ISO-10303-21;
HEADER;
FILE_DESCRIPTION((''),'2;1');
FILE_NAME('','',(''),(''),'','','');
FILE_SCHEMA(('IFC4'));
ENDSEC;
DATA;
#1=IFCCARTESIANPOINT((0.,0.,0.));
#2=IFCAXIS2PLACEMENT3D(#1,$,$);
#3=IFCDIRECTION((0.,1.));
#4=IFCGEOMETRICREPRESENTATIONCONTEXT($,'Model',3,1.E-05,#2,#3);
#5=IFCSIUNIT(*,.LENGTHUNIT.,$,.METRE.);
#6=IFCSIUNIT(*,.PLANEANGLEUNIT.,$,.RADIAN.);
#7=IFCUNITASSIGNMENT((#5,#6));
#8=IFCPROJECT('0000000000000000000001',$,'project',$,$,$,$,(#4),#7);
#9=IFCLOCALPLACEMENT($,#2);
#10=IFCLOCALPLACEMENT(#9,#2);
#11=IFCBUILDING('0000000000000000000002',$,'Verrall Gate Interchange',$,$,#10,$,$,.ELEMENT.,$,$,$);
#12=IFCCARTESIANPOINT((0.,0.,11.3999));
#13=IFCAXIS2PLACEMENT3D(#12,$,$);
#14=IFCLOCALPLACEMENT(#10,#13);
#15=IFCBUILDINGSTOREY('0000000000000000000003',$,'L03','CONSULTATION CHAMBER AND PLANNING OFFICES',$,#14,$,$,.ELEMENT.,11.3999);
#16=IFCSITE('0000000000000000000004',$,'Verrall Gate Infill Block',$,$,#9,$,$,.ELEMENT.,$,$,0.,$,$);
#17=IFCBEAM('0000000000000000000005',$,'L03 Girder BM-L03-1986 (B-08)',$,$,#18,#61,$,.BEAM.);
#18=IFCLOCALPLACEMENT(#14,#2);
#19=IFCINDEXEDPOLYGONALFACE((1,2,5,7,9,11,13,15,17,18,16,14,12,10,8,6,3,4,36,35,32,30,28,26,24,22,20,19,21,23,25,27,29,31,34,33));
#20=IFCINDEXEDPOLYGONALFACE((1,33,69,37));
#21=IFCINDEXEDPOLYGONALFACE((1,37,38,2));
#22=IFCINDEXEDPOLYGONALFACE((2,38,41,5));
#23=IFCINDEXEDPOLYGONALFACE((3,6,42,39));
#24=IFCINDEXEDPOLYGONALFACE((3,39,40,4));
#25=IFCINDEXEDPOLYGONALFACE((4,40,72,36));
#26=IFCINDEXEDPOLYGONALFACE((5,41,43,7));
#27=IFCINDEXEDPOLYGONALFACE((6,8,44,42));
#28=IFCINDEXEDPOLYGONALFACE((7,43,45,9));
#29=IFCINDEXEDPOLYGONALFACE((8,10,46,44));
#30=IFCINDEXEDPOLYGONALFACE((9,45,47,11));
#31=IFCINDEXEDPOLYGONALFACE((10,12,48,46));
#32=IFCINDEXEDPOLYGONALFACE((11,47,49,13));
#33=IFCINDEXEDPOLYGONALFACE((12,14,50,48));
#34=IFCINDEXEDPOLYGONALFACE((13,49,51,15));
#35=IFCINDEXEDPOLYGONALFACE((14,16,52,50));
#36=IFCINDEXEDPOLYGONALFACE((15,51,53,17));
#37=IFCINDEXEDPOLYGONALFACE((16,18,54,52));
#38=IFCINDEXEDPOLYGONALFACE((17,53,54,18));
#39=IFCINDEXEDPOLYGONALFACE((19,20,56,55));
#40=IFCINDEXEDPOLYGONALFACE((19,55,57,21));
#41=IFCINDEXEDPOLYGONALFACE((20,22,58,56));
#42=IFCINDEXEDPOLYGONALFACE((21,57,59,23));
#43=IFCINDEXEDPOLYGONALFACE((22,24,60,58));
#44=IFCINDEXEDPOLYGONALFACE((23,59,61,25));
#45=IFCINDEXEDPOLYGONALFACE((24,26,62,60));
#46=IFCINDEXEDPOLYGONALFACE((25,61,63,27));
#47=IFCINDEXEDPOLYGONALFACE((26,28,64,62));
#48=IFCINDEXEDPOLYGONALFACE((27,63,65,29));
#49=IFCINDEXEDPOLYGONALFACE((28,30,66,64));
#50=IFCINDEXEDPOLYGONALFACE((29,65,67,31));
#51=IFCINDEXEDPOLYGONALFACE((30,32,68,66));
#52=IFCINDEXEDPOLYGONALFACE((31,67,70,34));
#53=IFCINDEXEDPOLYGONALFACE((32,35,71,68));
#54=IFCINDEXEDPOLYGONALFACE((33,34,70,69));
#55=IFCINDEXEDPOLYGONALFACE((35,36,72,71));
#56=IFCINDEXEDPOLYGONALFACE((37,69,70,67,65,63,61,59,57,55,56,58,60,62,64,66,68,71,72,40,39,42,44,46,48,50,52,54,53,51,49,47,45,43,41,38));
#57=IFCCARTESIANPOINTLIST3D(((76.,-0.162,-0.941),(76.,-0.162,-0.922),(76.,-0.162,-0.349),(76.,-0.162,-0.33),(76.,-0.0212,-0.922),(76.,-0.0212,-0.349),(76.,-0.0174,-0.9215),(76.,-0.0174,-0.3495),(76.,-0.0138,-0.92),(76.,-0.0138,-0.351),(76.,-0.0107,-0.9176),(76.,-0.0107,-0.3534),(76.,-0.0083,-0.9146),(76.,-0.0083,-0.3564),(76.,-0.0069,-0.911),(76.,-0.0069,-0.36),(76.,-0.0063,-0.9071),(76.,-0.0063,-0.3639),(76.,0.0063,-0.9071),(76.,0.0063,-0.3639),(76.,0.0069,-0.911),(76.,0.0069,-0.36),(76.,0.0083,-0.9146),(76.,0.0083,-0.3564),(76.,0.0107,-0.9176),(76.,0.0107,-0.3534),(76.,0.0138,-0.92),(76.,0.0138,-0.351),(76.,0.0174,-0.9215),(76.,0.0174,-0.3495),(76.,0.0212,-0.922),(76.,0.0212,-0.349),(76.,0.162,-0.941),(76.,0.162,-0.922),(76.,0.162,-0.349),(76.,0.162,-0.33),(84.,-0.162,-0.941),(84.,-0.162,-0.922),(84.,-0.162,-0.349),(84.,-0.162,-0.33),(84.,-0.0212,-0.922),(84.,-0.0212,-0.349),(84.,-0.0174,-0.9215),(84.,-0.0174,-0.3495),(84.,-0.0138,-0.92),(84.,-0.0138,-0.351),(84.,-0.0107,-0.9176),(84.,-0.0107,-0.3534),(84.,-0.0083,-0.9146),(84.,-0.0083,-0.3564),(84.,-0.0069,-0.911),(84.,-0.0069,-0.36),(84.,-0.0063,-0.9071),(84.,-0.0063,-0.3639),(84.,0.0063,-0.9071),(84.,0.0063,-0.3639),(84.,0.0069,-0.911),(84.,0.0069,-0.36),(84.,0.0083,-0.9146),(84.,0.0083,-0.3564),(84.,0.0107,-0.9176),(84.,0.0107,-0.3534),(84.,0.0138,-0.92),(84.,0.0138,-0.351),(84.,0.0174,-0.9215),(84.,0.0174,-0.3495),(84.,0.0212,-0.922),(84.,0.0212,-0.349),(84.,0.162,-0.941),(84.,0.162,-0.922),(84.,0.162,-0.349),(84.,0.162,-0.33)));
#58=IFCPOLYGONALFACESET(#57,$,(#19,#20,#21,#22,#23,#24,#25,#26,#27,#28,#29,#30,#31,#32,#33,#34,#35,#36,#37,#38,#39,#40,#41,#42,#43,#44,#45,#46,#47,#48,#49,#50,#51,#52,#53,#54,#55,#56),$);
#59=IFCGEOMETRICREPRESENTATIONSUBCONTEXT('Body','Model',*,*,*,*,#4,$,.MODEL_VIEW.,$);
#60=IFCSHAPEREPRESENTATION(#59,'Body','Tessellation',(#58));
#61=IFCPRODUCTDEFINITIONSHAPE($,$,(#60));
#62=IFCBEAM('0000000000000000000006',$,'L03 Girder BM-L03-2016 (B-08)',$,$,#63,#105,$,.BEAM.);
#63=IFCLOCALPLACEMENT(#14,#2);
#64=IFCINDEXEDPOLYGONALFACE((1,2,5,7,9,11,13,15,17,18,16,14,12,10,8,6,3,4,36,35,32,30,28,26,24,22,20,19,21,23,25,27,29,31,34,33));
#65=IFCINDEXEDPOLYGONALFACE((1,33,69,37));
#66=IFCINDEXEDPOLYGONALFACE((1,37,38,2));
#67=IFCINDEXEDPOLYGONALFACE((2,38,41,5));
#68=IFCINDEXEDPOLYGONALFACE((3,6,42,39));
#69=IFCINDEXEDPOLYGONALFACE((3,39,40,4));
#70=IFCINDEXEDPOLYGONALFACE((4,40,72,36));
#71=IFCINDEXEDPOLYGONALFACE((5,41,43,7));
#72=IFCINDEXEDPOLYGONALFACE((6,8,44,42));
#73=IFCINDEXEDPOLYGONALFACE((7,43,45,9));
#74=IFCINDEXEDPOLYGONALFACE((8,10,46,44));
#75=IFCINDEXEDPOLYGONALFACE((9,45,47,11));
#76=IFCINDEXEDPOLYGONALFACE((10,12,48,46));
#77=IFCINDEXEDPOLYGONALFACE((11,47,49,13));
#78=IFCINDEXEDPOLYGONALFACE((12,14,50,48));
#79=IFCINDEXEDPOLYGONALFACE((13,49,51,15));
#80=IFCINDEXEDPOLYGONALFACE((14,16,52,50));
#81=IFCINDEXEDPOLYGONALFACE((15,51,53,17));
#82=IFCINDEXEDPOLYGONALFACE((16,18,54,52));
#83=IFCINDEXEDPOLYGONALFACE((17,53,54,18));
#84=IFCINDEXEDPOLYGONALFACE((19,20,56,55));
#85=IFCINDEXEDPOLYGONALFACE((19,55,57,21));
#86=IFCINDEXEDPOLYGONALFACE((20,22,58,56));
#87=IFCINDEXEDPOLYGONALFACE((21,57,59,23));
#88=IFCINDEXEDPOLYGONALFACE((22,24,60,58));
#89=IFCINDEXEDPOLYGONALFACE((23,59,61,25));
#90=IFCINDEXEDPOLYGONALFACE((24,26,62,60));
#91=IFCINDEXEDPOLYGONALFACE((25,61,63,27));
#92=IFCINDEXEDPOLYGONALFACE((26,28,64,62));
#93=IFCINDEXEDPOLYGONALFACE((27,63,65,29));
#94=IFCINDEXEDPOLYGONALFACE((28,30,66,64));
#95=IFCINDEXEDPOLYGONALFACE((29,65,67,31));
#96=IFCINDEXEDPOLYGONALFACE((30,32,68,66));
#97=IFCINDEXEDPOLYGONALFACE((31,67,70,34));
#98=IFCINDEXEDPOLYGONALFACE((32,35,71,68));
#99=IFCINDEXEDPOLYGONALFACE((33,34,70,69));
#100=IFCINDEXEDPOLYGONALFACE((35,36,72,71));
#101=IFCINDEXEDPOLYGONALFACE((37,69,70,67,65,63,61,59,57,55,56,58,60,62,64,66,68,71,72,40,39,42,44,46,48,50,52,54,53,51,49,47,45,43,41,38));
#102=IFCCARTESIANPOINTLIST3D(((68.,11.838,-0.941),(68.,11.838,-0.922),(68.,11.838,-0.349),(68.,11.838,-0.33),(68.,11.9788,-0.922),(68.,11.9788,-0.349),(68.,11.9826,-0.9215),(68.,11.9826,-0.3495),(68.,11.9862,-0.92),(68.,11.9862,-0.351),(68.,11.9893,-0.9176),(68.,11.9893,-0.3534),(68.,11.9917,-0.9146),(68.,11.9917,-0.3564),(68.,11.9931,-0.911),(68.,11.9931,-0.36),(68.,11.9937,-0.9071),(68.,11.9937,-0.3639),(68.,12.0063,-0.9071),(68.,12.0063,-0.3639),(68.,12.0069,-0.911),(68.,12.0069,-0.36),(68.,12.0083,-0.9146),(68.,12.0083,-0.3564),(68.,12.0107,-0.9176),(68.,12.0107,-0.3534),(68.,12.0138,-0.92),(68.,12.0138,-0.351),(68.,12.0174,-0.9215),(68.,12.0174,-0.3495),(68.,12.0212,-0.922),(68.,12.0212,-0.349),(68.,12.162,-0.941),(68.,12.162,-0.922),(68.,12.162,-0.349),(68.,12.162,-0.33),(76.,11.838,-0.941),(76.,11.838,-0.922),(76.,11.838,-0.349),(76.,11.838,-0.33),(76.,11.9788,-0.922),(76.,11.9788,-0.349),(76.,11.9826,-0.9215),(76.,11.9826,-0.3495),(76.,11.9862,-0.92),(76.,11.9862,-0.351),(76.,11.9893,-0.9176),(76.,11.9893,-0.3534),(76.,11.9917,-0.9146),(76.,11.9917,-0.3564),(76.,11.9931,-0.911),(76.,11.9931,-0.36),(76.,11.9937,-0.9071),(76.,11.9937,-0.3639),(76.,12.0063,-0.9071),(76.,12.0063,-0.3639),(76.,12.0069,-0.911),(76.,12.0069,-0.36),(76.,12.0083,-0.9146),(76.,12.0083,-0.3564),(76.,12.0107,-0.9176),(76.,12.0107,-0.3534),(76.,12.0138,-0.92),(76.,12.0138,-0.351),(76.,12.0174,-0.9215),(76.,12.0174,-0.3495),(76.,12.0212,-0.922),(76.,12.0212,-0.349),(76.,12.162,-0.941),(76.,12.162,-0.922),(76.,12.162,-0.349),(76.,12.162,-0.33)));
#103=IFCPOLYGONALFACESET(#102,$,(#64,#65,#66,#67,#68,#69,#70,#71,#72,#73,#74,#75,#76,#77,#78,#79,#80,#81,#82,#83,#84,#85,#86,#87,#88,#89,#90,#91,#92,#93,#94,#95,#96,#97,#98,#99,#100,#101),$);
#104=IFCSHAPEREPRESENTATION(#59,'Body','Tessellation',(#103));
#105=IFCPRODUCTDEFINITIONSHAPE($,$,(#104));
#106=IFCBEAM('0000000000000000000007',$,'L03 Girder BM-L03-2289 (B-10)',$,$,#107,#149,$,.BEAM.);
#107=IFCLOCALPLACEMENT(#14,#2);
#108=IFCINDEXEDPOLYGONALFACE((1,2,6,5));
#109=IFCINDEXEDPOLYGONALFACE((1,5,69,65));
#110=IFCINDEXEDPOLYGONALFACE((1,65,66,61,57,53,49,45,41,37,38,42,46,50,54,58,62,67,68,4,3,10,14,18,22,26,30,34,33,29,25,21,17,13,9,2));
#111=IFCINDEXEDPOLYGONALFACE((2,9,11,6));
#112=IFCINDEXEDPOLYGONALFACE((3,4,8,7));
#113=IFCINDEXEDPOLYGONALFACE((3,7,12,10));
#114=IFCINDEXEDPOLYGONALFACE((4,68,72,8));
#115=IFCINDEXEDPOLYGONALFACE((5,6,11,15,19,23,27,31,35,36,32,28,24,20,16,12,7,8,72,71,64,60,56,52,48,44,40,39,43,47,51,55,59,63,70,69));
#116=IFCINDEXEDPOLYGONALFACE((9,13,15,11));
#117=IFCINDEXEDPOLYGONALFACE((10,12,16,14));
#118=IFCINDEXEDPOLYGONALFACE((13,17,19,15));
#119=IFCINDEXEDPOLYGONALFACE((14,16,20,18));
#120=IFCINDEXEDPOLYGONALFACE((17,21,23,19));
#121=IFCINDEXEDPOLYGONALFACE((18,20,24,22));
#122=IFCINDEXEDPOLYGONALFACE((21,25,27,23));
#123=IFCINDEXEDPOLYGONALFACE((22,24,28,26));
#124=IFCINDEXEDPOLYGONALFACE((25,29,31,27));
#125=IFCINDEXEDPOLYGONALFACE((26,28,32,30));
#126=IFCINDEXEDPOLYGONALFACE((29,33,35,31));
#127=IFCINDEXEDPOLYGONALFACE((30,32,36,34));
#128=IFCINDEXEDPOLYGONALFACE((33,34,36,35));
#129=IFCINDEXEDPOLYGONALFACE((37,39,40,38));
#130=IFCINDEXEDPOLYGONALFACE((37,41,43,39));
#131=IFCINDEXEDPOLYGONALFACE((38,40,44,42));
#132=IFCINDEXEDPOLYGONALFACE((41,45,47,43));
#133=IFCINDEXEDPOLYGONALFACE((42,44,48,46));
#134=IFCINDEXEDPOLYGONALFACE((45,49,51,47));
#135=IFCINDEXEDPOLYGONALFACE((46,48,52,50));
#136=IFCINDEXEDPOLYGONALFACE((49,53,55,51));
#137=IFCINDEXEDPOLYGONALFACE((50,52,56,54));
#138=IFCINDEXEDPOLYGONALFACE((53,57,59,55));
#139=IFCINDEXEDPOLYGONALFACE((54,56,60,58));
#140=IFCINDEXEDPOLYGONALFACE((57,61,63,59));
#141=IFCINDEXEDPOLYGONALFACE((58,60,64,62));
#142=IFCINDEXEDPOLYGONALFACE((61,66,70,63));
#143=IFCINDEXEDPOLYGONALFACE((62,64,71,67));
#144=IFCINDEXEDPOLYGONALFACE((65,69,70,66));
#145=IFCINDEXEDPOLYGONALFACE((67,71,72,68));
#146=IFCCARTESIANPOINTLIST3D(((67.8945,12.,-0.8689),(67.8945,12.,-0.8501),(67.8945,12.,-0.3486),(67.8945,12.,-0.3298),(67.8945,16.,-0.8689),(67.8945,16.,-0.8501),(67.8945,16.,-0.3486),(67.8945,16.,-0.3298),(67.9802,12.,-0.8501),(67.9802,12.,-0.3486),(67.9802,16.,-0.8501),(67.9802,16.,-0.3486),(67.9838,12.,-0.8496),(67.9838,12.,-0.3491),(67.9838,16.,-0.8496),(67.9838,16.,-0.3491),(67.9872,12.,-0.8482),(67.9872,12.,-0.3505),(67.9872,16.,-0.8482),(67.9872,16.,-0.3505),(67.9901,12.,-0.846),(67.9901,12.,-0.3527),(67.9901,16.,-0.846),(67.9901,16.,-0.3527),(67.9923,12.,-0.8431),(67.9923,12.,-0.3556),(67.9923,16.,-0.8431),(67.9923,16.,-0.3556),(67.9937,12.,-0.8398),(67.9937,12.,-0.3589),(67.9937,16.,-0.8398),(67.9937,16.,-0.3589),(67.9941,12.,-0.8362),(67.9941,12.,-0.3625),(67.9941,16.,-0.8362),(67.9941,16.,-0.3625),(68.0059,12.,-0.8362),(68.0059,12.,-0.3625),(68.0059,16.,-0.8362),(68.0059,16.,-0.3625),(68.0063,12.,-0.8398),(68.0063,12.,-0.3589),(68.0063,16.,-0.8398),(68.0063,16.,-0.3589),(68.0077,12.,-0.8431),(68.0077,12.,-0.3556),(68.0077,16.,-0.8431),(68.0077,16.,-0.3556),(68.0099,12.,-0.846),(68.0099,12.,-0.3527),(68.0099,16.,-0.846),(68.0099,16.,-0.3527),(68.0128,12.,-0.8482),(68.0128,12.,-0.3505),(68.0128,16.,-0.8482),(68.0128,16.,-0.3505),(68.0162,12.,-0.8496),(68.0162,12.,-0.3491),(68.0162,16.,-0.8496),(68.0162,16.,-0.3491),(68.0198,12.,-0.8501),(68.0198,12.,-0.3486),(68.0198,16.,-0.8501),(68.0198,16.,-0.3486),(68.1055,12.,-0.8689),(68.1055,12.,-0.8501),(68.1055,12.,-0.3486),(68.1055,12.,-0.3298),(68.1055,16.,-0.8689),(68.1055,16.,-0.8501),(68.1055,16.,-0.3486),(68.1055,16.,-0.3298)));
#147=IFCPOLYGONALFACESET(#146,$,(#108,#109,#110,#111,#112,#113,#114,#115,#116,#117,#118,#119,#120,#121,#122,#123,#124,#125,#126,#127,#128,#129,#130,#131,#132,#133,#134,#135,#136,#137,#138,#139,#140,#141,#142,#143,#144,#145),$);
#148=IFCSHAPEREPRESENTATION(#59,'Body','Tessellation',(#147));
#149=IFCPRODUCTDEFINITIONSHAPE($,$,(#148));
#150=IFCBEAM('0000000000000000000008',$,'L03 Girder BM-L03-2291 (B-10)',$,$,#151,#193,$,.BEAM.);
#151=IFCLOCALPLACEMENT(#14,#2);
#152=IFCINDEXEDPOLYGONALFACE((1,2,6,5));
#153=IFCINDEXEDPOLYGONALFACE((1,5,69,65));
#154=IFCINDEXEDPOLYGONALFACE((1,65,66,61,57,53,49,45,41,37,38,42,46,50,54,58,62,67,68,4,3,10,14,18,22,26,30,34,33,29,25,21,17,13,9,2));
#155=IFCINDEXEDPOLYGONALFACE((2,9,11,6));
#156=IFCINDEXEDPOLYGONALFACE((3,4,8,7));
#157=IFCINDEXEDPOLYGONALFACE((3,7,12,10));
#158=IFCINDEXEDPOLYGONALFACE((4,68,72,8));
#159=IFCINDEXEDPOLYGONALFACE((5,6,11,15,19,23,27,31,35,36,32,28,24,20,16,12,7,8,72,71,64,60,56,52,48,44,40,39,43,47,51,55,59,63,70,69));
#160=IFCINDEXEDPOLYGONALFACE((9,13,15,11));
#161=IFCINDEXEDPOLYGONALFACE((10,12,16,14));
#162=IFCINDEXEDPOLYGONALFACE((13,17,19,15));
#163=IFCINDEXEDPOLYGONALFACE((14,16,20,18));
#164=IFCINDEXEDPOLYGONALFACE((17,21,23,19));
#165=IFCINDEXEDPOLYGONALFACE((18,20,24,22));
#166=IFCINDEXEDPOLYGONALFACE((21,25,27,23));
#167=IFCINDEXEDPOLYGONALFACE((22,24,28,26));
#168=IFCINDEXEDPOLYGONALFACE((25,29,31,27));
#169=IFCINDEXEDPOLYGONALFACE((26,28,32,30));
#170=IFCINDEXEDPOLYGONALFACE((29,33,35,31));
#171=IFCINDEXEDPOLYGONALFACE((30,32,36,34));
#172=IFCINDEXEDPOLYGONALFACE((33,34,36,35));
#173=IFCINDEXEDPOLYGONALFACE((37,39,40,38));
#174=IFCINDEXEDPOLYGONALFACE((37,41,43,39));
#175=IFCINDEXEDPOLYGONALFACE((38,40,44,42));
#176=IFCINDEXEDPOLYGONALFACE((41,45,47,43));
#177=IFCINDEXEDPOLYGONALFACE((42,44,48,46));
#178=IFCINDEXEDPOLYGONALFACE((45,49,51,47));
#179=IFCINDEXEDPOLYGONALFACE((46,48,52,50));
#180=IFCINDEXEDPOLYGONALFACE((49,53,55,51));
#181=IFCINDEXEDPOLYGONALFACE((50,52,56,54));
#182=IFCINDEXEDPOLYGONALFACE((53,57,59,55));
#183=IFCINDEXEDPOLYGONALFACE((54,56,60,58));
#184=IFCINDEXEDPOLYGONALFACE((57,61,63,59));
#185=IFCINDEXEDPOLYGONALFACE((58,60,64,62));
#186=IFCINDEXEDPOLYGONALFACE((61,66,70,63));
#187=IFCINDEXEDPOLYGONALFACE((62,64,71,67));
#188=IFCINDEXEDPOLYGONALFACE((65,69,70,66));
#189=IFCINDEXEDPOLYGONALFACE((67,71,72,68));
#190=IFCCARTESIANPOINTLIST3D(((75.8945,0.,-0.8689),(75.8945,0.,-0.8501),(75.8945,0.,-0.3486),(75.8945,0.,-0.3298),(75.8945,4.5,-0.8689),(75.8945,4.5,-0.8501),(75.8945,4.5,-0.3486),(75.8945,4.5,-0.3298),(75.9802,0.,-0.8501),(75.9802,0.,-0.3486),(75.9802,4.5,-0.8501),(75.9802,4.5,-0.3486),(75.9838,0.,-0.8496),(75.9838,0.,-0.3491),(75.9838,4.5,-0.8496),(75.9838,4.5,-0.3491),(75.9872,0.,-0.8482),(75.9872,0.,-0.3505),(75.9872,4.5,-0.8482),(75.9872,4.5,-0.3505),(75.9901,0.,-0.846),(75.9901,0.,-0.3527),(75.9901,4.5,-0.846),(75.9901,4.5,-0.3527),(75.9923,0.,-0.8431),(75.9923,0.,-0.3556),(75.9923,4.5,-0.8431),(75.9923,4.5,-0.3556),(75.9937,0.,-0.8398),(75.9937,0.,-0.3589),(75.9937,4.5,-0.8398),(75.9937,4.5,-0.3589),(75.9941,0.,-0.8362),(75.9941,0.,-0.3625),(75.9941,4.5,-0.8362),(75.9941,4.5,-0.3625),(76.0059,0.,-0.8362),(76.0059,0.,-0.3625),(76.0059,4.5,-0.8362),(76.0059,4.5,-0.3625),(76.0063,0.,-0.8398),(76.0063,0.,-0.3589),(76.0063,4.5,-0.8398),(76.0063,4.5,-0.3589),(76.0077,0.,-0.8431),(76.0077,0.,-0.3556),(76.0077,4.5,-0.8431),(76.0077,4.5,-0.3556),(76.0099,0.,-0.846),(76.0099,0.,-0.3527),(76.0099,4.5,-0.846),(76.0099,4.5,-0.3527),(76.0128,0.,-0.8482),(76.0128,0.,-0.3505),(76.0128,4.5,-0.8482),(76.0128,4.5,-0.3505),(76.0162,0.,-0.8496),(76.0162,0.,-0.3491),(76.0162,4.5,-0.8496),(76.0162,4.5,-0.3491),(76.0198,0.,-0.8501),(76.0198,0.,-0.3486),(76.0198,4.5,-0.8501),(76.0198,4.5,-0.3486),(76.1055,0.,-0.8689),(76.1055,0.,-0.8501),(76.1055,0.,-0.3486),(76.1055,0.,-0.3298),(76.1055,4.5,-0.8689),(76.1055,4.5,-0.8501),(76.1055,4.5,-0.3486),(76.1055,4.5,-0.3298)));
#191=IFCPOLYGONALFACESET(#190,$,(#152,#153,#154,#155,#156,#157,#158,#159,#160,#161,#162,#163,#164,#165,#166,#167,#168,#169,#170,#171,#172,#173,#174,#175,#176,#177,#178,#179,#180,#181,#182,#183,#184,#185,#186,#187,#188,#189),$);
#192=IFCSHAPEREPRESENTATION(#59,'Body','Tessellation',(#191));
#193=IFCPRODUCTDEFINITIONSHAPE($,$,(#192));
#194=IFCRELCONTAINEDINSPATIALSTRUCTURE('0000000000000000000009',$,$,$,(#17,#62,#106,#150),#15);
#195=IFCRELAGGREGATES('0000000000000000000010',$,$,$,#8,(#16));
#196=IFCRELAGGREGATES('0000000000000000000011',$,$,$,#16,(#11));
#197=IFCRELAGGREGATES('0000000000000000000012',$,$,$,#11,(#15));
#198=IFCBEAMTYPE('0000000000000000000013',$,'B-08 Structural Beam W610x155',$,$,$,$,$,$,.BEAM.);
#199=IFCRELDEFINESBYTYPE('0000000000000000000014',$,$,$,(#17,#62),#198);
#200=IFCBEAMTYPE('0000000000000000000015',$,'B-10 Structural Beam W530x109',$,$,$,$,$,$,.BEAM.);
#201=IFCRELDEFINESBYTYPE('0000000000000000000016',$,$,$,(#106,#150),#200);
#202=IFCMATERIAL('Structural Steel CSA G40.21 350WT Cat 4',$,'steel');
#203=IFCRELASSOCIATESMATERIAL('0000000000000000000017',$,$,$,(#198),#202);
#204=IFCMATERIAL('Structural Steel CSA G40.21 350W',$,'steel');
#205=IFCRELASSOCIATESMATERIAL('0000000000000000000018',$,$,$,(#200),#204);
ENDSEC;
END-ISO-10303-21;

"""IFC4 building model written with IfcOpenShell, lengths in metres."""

from ifc_helpers import new_model, si_unit, direction, frame, origin, origin_2d, place, context, subcontext, project, spatial, i_section, extrude, material, material_profile, profile_set, type_object, element, save


model = new_model("IFC4")

# Units and contexts
model_context = context("Model", 3, precision=1e-05, world=origin(), true_north=direction((0.0, 1.0)))
body_context = subcontext(model_context, "Body", "Model", "MODEL_VIEW")
ifc_project = project(units=[si_unit("LENGTHUNIT", "METRE"), si_unit("PLANEANGLEUNIT", "RADIAN")], contexts=[model_context])

# Site, building, storey
site_placement = place(None, origin())
site = spatial("IfcSite", under=ifc_project, at=site_placement, Name="Verrall Gate Infill Block", CompositionType="ELEMENT", RefElevation=0.0)
building_placement = place(site_placement, origin())
building = spatial("IfcBuilding", under=site, at=building_placement, Name="Verrall Gate Interchange", CompositionType="ELEMENT")
storey_placement = place(building_placement, frame((0.0, 0.0, 11.3999)))
storey = spatial("IfcBuildingStorey", under=building, at=storey_placement, Name="L03", Description="CONSULTATION CHAMBER AND PLANNING OFFICES", CompositionType="ELEMENT", Elevation=11.3999)

# Beams
ifc_material_1 = material(Name="Structural Steel CSA G40.21 350WT Cat 4", Category="steel")
ifc_material_profile_1 = material_profile(ifc_material_1, i_section(OverallWidth=0.324, OverallDepth=0.6111, WebThickness=0.0127, FlangeThickness=0.019, FilletRadius=0.0149, at=origin_2d()), Name="W610x155")
ifc_profile_set_1 = profile_set([ifc_material_profile_1], Name="Structural Steel CSA G40.21 350WT Cat 4")
beam_type_1 = type_object("IfcBeamType", Name="B-08 Structural Beam W610x155", PredefinedType="BEAM", material=ifc_profile_set_1)
for number, where, z_axis, x_axis, name in (
    (1, (76.0, 0.0, -0.6355), (1.0, 0.0, 0.0), (0.0, 1.0, 0.0), "L03 Girder BM-L03-1986 (B-08)"),
    (2, (68.0, 12.0, -0.6355), (1.0, 0.0, 0.0), (0.0, 1.0, 0.0), "L03 Girder BM-L03-2016 (B-08)"),
):
    element("IfcBeam", number, at=place(storey_placement, frame(where, z_axis=z_axis, x_axis=x_axis)), inside=storey, type_object=beam_type_1, Name=name, PredefinedType="BEAM", context=body_context, shape_type="SweptSolid", body=[
        extrude(i_section(OverallWidth=0.324, OverallDepth=0.6111, WebThickness=0.0127, FlangeThickness=0.019, FilletRadius=0.0149, at=origin_2d()), origin(), (0.0, 0.0, 1.0), 8.0),
    ])
ifc_material_2 = material(Name="Structural Steel CSA G40.21 350W", Category="steel")
ifc_material_profile_2 = material_profile(ifc_material_2, i_section(OverallWidth=0.2109, OverallDepth=0.5391, WebThickness=0.0117, FlangeThickness=0.0188, FilletRadius=0.0139, at=origin_2d()), Name="W530x109")
ifc_profile_set_2 = profile_set([ifc_material_profile_2], Name="Structural Steel CSA G40.21 350W")
beam_type_2 = type_object("IfcBeamType", Name="B-10 Structural Beam W530x109", PredefinedType="BEAM", material=ifc_profile_set_2)
beam_1_placement = place(storey_placement, frame((68.0, 12.0, -0.5994), z_axis=(0.0, 1.0, 0.0), x_axis=(-1.0, 0.0, 0.0)))
element("IfcBeam", 3, at=beam_1_placement, inside=storey, type_object=beam_type_2, Name="L03 Girder BM-L03-2289 (B-10)", PredefinedType="BEAM", context=body_context, shape_type="SweptSolid", body=[
    extrude(i_section(OverallWidth=0.2109, OverallDepth=0.5391, WebThickness=0.0117, FlangeThickness=0.0188, FilletRadius=0.0139, at=origin_2d()), origin(), (0.0, 0.0, 1.0), 4.0),
])
beam_2_placement = place(storey_placement, frame((76.0, 0.0, -0.5994), z_axis=(0.0, 1.0, 0.0), x_axis=(-1.0, 0.0, 0.0)))
element("IfcBeam", 4, at=beam_2_placement, inside=storey, type_object=beam_type_2, Name="L03 Girder BM-L03-2291 (B-10)", PredefinedType="BEAM", context=body_context, shape_type="SweptSolid", body=[
    extrude(i_section(OverallWidth=0.2109, OverallDepth=0.5391, WebThickness=0.0117, FlangeThickness=0.0188, FilletRadius=0.0139, at=origin_2d()), origin(), (0.0, 0.0, 1.0), 4.5),
])

save(model, "model.ifc")
